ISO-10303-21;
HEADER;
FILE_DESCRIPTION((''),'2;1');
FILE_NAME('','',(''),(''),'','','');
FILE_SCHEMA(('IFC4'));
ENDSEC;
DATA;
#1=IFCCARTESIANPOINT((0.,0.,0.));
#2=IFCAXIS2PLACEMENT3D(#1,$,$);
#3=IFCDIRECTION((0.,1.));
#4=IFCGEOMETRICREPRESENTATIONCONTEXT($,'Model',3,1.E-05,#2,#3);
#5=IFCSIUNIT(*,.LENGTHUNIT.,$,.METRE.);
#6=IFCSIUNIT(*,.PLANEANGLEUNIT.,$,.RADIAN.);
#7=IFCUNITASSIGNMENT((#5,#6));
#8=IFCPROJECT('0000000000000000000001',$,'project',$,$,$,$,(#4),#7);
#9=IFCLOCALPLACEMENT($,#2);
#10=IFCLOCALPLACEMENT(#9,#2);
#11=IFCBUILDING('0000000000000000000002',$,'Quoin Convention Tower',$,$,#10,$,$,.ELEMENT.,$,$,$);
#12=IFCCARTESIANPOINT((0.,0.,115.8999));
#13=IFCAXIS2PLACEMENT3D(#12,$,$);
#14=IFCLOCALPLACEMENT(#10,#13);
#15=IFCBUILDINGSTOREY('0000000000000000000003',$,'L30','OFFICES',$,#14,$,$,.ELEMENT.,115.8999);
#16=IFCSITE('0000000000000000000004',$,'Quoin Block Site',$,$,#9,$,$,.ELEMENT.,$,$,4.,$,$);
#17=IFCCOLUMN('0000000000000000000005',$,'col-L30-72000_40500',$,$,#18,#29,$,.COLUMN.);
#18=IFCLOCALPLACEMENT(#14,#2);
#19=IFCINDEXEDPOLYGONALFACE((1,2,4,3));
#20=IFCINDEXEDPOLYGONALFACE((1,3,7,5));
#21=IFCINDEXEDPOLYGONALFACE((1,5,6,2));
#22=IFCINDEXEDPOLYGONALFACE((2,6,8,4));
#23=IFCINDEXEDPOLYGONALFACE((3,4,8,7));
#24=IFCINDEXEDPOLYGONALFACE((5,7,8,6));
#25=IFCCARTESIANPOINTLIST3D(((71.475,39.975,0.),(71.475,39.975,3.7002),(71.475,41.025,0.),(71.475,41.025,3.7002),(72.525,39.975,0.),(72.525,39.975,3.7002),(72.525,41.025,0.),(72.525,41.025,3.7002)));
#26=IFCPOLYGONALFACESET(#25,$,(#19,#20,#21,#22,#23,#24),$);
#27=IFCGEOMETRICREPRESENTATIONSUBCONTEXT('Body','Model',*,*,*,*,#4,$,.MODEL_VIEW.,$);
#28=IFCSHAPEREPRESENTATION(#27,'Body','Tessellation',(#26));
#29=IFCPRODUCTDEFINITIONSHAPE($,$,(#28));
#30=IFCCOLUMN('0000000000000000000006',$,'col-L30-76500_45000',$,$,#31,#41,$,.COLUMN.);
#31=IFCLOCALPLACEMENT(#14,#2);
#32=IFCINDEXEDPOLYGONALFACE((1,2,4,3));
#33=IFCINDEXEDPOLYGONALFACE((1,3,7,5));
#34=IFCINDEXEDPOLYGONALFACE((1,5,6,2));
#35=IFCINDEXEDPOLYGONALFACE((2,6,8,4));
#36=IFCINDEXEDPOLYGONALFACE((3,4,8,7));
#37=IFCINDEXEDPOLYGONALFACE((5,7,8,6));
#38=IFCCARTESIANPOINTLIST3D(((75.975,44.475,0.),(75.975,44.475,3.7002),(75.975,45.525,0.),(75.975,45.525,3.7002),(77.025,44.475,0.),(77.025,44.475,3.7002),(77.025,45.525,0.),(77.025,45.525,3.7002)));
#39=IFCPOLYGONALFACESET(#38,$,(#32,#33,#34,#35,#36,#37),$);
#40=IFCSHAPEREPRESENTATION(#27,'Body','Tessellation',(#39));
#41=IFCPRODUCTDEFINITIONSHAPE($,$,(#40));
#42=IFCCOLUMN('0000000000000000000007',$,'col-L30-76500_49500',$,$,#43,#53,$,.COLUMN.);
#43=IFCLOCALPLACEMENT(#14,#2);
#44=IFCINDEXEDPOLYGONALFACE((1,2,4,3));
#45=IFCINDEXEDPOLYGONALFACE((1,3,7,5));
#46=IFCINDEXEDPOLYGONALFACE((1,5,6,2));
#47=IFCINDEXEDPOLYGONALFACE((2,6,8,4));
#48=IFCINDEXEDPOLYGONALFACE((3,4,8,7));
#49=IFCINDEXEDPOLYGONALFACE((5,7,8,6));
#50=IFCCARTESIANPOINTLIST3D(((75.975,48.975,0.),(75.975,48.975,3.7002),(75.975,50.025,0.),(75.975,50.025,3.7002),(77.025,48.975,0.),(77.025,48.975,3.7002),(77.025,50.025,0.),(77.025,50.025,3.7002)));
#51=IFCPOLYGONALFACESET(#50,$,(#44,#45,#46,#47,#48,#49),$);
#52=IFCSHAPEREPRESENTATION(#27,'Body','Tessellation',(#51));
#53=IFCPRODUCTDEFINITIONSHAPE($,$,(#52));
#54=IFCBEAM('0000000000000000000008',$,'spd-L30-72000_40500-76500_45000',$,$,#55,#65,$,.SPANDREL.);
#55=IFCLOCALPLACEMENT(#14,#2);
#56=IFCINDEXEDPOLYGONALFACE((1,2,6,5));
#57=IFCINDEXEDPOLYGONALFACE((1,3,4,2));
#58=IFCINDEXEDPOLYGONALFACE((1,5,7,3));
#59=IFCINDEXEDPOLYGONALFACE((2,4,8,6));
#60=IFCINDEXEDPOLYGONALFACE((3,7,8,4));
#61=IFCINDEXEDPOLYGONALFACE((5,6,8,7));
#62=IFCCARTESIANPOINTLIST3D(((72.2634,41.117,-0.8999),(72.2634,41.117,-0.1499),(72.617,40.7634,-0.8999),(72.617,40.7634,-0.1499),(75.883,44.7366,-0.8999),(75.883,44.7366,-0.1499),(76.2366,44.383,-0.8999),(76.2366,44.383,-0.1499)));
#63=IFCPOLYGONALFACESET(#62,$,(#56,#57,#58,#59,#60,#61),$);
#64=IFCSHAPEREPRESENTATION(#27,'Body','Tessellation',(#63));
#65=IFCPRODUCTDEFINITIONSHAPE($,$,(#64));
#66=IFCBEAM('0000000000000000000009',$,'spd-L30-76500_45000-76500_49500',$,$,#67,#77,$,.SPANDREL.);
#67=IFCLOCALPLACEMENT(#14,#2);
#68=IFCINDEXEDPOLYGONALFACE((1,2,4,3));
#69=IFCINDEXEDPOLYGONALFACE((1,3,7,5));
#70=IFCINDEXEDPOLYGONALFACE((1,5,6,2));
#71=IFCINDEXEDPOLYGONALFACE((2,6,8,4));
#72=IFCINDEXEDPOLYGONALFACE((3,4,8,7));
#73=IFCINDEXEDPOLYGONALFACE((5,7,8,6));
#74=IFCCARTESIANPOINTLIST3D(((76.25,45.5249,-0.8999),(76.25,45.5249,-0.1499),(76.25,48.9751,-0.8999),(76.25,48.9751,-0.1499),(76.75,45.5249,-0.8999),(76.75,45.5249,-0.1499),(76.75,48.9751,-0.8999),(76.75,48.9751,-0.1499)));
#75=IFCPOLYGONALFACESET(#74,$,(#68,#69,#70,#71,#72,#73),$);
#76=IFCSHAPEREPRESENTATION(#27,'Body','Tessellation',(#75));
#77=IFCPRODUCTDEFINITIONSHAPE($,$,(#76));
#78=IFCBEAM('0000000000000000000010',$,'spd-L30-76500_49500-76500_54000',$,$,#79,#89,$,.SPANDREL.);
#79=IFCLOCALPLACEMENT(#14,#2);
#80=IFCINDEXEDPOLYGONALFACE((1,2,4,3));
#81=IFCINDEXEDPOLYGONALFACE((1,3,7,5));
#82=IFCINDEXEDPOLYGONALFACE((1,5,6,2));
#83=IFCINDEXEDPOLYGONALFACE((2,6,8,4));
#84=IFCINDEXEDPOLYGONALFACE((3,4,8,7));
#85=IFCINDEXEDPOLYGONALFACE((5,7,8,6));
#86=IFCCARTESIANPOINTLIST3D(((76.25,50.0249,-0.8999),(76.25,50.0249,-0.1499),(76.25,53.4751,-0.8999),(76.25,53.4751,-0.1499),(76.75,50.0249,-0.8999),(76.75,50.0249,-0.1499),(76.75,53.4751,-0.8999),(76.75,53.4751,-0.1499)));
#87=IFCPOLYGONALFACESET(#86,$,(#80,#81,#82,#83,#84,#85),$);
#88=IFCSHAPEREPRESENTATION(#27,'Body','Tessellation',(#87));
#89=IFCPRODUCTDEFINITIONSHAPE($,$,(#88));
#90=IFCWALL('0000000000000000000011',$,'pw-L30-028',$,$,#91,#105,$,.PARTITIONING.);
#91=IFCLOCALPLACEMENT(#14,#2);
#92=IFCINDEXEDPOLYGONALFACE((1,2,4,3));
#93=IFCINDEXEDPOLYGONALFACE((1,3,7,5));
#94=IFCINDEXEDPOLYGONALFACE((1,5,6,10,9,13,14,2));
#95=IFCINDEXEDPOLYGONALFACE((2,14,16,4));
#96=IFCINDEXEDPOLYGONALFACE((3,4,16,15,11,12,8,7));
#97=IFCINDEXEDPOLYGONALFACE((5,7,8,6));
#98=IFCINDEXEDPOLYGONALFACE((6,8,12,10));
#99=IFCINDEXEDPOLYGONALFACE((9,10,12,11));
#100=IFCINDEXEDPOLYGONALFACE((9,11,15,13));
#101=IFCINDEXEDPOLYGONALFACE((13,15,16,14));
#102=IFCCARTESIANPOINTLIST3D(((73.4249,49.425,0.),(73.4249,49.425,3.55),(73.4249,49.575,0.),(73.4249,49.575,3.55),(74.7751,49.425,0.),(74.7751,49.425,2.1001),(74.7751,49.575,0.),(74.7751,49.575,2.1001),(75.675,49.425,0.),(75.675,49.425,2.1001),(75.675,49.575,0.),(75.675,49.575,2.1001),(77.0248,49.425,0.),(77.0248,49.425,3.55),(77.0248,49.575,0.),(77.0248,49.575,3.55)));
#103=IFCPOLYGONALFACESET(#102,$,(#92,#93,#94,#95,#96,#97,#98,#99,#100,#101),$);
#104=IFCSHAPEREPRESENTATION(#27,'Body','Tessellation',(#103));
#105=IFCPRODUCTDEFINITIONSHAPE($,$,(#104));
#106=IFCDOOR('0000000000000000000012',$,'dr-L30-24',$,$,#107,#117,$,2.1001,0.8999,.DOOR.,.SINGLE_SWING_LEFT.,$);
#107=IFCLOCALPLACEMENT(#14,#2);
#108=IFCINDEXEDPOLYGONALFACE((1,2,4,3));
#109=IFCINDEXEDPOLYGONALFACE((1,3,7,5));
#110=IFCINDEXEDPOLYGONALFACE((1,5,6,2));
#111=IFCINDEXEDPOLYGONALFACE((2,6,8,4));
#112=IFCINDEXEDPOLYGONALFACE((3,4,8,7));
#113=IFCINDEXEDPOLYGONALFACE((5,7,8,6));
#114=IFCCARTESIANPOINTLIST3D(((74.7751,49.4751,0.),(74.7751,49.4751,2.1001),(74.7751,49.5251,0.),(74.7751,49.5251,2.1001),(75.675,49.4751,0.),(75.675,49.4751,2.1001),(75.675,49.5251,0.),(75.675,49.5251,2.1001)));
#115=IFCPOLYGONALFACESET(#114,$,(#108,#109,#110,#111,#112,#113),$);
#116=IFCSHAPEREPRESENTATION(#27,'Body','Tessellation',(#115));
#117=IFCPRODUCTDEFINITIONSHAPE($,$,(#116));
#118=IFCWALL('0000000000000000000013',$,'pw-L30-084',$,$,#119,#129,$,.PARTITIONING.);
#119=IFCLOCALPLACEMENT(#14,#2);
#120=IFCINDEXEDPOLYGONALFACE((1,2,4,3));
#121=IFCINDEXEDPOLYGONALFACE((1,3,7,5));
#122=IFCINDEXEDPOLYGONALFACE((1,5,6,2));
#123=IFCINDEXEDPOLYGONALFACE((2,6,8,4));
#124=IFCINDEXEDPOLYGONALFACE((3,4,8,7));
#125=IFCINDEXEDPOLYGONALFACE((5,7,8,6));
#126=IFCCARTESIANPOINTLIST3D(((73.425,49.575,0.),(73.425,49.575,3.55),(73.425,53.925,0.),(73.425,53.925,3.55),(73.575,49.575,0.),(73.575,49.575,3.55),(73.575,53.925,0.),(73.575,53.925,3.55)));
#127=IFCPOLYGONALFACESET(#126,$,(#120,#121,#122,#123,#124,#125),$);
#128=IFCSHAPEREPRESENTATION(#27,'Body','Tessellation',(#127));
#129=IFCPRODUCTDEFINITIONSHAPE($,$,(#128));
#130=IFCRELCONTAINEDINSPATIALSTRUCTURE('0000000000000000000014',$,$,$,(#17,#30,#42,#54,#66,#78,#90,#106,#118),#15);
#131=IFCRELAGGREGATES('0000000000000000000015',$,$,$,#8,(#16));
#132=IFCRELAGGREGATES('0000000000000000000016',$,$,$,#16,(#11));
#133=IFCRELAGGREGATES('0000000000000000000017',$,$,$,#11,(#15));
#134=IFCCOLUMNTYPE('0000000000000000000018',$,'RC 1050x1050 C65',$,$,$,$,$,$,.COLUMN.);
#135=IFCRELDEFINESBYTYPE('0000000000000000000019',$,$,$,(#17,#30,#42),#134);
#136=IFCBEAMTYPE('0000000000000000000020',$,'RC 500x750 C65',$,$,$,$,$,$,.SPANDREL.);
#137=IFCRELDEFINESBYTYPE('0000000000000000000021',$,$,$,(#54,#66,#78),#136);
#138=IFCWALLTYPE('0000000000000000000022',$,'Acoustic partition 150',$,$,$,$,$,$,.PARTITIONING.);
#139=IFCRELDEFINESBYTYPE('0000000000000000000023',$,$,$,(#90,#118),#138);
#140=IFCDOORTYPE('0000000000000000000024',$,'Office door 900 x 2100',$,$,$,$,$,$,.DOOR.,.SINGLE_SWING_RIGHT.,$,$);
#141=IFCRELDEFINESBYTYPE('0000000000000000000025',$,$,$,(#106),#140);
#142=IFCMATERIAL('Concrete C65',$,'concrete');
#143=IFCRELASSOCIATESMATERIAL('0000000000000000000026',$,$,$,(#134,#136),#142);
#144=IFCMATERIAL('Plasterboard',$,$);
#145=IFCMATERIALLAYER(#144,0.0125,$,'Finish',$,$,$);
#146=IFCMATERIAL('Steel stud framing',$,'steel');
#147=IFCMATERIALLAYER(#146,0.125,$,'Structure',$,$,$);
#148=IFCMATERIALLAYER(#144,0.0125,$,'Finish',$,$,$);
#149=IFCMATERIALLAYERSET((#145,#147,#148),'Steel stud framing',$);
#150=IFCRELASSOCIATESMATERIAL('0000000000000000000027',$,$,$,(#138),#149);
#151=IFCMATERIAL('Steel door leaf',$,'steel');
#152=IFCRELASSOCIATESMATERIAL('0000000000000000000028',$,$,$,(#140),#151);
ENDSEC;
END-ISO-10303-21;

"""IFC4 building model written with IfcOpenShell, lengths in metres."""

from ifc_helpers import new_model, si_unit, direction, frame, frame_2d, origin, origin_2d, place, context, subcontext, project, spatial, rectangle, extrude, material, layer, layer_set, material_profile, profile_set, type_object, element, fill, save


model = new_model("IFC4")

# Units and contexts
model_context = context("Model", 3, precision=1e-05, world=origin(), true_north=direction((0.0, 1.0)))
body_context = subcontext(model_context, "Body", "Model", "MODEL_VIEW")
ifc_project = project(units=[si_unit("LENGTHUNIT", "METRE"), si_unit("PLANEANGLEUNIT", "RADIAN")], contexts=[model_context])

# Site, building, storey
site_placement = place(None, origin())
site = spatial("IfcSite", under=ifc_project, at=site_placement, Name="Quoin Block Site", CompositionType="ELEMENT", RefElevation=4.0)
building_placement = place(site_placement, origin())
building = spatial("IfcBuilding", under=site, at=building_placement, Name="Quoin Convention Tower", CompositionType="ELEMENT")
storey_placement = place(building_placement, frame((0.0, 0.0, 115.8999)))
storey = spatial("IfcBuildingStorey", under=building, at=storey_placement, Name="L30", Description="OFFICES", CompositionType="ELEMENT", Elevation=115.8999)

# Columns
ifc_material_1 = material(Name="Concrete C65", Category="concrete")
ifc_material_profile_1 = material_profile(ifc_material_1, rectangle(XDim=1.05, YDim=1.05, at=origin_2d()), Name="RC 1050x1050")
ifc_profile_set_1 = profile_set([ifc_material_profile_1], Name="Concrete C65")
column_type = type_object("IfcColumnType", Name="RC 1050x1050 C65", PredefinedType="COLUMN", material=ifc_profile_set_1)
for number, where, z_axis, x_axis, name in (
    (1, (72.0, 40.5, 0.0), (0.0, 0.0, 1.0), (1.0, 0.0, 0.0), "col-L30-72000_40500"),
    (2, (76.5, 45.0, 0.0), (0.0, 0.0, 1.0), (1.0, 0.0, 0.0), "col-L30-76500_45000"),
    (3, (76.5, 49.5, 0.0), (0.0, 0.0, 1.0), (1.0, 0.0, 0.0), "col-L30-76500_49500"),
):
    element("IfcColumn", number, at=place(storey_placement, frame(where, z_axis=z_axis, x_axis=x_axis)), inside=storey, type_object=column_type, Name=name, PredefinedType="COLUMN", context=body_context, shape_type="SweptSolid", body=[
        extrude(rectangle(XDim=1.05, YDim=1.05, at=origin_2d()), origin(), (0.0, 0.0, 1.0), 3.7002),
    ])

# Beams
ifc_material_profile_2 = material_profile(ifc_material_1, rectangle(XDim=0.5, YDim=0.75, at=origin_2d()), Name="RC 500x750")
ifc_profile_set_2 = profile_set([ifc_material_profile_2], Name="Concrete C65")
beam_type = type_object("IfcBeamType", Name="RC 500x750 C65", PredefinedType="SPANDREL", material=ifc_profile_set_2)
beam_placement = place(storey_placement, frame((72.4402, 40.9402, -0.5249), z_axis=(0.707107, 0.707107, 0.0), x_axis=(-0.707107, 0.707107, 0.0)))
element("IfcBeam", 4, at=beam_placement, inside=storey, type_object=beam_type, Name="spd-L30-72000_40500-76500_45000", PredefinedType="SPANDREL", context=body_context, shape_type="SweptSolid", body=[
    extrude(rectangle(XDim=0.5, YDim=0.75, at=origin_2d()), origin(), (0.0, 0.0, 1.0), 5.1189),
])
for number, where, z_axis, x_axis, name in (
    (5, (76.5, 45.5249, -0.5249), (0.0, 1.0, 0.0), (-1.0, 0.0, 0.0), "spd-L30-76500_45000-76500_49500"),
    (6, (76.5, 50.0249, -0.5249), (0.0, 1.0, 0.0), (-1.0, 0.0, 0.0), "spd-L30-76500_49500-76500_54000"),
):
    element("IfcBeam", number, at=place(storey_placement, frame(where, z_axis=z_axis, x_axis=x_axis)), inside=storey, type_object=beam_type, Name=name, PredefinedType="SPANDREL", context=body_context, shape_type="SweptSolid", body=[
        extrude(rectangle(XDim=0.5, YDim=0.75, at=origin_2d()), origin(), (0.0, 0.0, 1.0), 3.4502),
    ])

# Wall, opening, door
ifc_material_2 = material(Name="Plasterboard")
ifc_layer_1 = layer(ifc_material_2, 0.0125, Name="Finish")
ifc_material_3 = material(Name="Steel stud framing", Category="steel")
ifc_layer_2 = layer(ifc_material_3, 0.125, Name="Structure")
ifc_layer_3 = layer(ifc_material_2, 0.0125, Name="Finish")
ifc_layer_set_1 = layer_set([ifc_layer_1, ifc_layer_2, ifc_layer_3], Name="Steel stud framing")
wall_type_1 = type_object("IfcWallType", Name="Acoustic partition 150", PredefinedType="PARTITIONING", material=ifc_layer_set_1)
wall_1_placement = place(storey_placement, frame((73.425, 49.5, 0.0), z_axis=(0.0, 0.0, 1.0), x_axis=(1.0, 0.0, 0.0)))
wall_1 = element("IfcWall", 7, at=wall_1_placement, inside=storey, type_object=wall_type_1, Name="pw-L30-028", PredefinedType="PARTITIONING", context=body_context, shape_type="SweptSolid", body=[
    extrude(rectangle(XDim=3.5999, YDim=0.1499, at=frame_2d((1.7998, 0.0))), origin(), (0.0, 0.0, 1.0), 3.55),
])
opening_1_placement = place(wall_1_placement, frame((1.3501, 0.0, 0.0)))
opening_1 = element("IfcOpeningElement", 8, at=opening_1_placement, cuts=wall_1, PredefinedType="OPENING", context=body_context, shape_type="SweptSolid", body=[
    extrude(rectangle(XDim=0.8999, YDim=2.1001, at=frame_2d((0.45, 1.05))), frame((0.0, 0.085, 0.0), z_axis=(0.0, -1.0, 0.0), x_axis=(1.0, 0.0, 0.0)), (0.0, 0.0, 1.0), 0.1699),
])
ifc_material_4 = material(Name="Steel door leaf", Category="steel")
door_type_1 = type_object("IfcDoorType", Name="Office door 900 x 2100", OperationType="SINGLE_SWING_RIGHT", PredefinedType="DOOR", material=ifc_material_4)
door_1_placement = place(opening_1_placement, frame((0.8999, 0.0, 0.0), z_axis=(0.0, 0.0, 1.0), x_axis=(-1.0, 0.0, 0.0)))
door_1 = element("IfcDoor", 9, at=door_1_placement, inside=storey, type_object=door_type_1, Name="dr-L30-24", OperationType="SINGLE_SWING_LEFT", OverallHeight=2.1001, OverallWidth=0.8999, PredefinedType="DOOR", context=body_context, shape_type="SweptSolid", body=[
    extrude(rectangle(XDim=0.8999, YDim=2.1001, at=frame_2d((0.45, 1.05))), frame((0.0, 0.0249, 0.0), z_axis=(0.0, -1.0, 0.0), x_axis=(1.0, 0.0, 0.0)), (0.0, 0.0, 1.0), 0.05),
])
fill(opening_1, door_1)

# Wall
wall_2_placement = place(storey_placement, frame((73.5, 49.575, 0.0), z_axis=(0.0, 0.0, 1.0), x_axis=(0.0, 1.0, 0.0)))
element("IfcWall", 10, at=wall_2_placement, inside=storey, type_object=wall_type_1, Name="pw-L30-084", PredefinedType="PARTITIONING", context=body_context, shape_type="SweptSolid", body=[
    extrude(rectangle(XDim=4.3501, YDim=0.1499, at=frame_2d((2.175, 0.0))), origin(), (0.0, 0.0, 1.0), 3.55),
])

save(model, "model.ifc")
